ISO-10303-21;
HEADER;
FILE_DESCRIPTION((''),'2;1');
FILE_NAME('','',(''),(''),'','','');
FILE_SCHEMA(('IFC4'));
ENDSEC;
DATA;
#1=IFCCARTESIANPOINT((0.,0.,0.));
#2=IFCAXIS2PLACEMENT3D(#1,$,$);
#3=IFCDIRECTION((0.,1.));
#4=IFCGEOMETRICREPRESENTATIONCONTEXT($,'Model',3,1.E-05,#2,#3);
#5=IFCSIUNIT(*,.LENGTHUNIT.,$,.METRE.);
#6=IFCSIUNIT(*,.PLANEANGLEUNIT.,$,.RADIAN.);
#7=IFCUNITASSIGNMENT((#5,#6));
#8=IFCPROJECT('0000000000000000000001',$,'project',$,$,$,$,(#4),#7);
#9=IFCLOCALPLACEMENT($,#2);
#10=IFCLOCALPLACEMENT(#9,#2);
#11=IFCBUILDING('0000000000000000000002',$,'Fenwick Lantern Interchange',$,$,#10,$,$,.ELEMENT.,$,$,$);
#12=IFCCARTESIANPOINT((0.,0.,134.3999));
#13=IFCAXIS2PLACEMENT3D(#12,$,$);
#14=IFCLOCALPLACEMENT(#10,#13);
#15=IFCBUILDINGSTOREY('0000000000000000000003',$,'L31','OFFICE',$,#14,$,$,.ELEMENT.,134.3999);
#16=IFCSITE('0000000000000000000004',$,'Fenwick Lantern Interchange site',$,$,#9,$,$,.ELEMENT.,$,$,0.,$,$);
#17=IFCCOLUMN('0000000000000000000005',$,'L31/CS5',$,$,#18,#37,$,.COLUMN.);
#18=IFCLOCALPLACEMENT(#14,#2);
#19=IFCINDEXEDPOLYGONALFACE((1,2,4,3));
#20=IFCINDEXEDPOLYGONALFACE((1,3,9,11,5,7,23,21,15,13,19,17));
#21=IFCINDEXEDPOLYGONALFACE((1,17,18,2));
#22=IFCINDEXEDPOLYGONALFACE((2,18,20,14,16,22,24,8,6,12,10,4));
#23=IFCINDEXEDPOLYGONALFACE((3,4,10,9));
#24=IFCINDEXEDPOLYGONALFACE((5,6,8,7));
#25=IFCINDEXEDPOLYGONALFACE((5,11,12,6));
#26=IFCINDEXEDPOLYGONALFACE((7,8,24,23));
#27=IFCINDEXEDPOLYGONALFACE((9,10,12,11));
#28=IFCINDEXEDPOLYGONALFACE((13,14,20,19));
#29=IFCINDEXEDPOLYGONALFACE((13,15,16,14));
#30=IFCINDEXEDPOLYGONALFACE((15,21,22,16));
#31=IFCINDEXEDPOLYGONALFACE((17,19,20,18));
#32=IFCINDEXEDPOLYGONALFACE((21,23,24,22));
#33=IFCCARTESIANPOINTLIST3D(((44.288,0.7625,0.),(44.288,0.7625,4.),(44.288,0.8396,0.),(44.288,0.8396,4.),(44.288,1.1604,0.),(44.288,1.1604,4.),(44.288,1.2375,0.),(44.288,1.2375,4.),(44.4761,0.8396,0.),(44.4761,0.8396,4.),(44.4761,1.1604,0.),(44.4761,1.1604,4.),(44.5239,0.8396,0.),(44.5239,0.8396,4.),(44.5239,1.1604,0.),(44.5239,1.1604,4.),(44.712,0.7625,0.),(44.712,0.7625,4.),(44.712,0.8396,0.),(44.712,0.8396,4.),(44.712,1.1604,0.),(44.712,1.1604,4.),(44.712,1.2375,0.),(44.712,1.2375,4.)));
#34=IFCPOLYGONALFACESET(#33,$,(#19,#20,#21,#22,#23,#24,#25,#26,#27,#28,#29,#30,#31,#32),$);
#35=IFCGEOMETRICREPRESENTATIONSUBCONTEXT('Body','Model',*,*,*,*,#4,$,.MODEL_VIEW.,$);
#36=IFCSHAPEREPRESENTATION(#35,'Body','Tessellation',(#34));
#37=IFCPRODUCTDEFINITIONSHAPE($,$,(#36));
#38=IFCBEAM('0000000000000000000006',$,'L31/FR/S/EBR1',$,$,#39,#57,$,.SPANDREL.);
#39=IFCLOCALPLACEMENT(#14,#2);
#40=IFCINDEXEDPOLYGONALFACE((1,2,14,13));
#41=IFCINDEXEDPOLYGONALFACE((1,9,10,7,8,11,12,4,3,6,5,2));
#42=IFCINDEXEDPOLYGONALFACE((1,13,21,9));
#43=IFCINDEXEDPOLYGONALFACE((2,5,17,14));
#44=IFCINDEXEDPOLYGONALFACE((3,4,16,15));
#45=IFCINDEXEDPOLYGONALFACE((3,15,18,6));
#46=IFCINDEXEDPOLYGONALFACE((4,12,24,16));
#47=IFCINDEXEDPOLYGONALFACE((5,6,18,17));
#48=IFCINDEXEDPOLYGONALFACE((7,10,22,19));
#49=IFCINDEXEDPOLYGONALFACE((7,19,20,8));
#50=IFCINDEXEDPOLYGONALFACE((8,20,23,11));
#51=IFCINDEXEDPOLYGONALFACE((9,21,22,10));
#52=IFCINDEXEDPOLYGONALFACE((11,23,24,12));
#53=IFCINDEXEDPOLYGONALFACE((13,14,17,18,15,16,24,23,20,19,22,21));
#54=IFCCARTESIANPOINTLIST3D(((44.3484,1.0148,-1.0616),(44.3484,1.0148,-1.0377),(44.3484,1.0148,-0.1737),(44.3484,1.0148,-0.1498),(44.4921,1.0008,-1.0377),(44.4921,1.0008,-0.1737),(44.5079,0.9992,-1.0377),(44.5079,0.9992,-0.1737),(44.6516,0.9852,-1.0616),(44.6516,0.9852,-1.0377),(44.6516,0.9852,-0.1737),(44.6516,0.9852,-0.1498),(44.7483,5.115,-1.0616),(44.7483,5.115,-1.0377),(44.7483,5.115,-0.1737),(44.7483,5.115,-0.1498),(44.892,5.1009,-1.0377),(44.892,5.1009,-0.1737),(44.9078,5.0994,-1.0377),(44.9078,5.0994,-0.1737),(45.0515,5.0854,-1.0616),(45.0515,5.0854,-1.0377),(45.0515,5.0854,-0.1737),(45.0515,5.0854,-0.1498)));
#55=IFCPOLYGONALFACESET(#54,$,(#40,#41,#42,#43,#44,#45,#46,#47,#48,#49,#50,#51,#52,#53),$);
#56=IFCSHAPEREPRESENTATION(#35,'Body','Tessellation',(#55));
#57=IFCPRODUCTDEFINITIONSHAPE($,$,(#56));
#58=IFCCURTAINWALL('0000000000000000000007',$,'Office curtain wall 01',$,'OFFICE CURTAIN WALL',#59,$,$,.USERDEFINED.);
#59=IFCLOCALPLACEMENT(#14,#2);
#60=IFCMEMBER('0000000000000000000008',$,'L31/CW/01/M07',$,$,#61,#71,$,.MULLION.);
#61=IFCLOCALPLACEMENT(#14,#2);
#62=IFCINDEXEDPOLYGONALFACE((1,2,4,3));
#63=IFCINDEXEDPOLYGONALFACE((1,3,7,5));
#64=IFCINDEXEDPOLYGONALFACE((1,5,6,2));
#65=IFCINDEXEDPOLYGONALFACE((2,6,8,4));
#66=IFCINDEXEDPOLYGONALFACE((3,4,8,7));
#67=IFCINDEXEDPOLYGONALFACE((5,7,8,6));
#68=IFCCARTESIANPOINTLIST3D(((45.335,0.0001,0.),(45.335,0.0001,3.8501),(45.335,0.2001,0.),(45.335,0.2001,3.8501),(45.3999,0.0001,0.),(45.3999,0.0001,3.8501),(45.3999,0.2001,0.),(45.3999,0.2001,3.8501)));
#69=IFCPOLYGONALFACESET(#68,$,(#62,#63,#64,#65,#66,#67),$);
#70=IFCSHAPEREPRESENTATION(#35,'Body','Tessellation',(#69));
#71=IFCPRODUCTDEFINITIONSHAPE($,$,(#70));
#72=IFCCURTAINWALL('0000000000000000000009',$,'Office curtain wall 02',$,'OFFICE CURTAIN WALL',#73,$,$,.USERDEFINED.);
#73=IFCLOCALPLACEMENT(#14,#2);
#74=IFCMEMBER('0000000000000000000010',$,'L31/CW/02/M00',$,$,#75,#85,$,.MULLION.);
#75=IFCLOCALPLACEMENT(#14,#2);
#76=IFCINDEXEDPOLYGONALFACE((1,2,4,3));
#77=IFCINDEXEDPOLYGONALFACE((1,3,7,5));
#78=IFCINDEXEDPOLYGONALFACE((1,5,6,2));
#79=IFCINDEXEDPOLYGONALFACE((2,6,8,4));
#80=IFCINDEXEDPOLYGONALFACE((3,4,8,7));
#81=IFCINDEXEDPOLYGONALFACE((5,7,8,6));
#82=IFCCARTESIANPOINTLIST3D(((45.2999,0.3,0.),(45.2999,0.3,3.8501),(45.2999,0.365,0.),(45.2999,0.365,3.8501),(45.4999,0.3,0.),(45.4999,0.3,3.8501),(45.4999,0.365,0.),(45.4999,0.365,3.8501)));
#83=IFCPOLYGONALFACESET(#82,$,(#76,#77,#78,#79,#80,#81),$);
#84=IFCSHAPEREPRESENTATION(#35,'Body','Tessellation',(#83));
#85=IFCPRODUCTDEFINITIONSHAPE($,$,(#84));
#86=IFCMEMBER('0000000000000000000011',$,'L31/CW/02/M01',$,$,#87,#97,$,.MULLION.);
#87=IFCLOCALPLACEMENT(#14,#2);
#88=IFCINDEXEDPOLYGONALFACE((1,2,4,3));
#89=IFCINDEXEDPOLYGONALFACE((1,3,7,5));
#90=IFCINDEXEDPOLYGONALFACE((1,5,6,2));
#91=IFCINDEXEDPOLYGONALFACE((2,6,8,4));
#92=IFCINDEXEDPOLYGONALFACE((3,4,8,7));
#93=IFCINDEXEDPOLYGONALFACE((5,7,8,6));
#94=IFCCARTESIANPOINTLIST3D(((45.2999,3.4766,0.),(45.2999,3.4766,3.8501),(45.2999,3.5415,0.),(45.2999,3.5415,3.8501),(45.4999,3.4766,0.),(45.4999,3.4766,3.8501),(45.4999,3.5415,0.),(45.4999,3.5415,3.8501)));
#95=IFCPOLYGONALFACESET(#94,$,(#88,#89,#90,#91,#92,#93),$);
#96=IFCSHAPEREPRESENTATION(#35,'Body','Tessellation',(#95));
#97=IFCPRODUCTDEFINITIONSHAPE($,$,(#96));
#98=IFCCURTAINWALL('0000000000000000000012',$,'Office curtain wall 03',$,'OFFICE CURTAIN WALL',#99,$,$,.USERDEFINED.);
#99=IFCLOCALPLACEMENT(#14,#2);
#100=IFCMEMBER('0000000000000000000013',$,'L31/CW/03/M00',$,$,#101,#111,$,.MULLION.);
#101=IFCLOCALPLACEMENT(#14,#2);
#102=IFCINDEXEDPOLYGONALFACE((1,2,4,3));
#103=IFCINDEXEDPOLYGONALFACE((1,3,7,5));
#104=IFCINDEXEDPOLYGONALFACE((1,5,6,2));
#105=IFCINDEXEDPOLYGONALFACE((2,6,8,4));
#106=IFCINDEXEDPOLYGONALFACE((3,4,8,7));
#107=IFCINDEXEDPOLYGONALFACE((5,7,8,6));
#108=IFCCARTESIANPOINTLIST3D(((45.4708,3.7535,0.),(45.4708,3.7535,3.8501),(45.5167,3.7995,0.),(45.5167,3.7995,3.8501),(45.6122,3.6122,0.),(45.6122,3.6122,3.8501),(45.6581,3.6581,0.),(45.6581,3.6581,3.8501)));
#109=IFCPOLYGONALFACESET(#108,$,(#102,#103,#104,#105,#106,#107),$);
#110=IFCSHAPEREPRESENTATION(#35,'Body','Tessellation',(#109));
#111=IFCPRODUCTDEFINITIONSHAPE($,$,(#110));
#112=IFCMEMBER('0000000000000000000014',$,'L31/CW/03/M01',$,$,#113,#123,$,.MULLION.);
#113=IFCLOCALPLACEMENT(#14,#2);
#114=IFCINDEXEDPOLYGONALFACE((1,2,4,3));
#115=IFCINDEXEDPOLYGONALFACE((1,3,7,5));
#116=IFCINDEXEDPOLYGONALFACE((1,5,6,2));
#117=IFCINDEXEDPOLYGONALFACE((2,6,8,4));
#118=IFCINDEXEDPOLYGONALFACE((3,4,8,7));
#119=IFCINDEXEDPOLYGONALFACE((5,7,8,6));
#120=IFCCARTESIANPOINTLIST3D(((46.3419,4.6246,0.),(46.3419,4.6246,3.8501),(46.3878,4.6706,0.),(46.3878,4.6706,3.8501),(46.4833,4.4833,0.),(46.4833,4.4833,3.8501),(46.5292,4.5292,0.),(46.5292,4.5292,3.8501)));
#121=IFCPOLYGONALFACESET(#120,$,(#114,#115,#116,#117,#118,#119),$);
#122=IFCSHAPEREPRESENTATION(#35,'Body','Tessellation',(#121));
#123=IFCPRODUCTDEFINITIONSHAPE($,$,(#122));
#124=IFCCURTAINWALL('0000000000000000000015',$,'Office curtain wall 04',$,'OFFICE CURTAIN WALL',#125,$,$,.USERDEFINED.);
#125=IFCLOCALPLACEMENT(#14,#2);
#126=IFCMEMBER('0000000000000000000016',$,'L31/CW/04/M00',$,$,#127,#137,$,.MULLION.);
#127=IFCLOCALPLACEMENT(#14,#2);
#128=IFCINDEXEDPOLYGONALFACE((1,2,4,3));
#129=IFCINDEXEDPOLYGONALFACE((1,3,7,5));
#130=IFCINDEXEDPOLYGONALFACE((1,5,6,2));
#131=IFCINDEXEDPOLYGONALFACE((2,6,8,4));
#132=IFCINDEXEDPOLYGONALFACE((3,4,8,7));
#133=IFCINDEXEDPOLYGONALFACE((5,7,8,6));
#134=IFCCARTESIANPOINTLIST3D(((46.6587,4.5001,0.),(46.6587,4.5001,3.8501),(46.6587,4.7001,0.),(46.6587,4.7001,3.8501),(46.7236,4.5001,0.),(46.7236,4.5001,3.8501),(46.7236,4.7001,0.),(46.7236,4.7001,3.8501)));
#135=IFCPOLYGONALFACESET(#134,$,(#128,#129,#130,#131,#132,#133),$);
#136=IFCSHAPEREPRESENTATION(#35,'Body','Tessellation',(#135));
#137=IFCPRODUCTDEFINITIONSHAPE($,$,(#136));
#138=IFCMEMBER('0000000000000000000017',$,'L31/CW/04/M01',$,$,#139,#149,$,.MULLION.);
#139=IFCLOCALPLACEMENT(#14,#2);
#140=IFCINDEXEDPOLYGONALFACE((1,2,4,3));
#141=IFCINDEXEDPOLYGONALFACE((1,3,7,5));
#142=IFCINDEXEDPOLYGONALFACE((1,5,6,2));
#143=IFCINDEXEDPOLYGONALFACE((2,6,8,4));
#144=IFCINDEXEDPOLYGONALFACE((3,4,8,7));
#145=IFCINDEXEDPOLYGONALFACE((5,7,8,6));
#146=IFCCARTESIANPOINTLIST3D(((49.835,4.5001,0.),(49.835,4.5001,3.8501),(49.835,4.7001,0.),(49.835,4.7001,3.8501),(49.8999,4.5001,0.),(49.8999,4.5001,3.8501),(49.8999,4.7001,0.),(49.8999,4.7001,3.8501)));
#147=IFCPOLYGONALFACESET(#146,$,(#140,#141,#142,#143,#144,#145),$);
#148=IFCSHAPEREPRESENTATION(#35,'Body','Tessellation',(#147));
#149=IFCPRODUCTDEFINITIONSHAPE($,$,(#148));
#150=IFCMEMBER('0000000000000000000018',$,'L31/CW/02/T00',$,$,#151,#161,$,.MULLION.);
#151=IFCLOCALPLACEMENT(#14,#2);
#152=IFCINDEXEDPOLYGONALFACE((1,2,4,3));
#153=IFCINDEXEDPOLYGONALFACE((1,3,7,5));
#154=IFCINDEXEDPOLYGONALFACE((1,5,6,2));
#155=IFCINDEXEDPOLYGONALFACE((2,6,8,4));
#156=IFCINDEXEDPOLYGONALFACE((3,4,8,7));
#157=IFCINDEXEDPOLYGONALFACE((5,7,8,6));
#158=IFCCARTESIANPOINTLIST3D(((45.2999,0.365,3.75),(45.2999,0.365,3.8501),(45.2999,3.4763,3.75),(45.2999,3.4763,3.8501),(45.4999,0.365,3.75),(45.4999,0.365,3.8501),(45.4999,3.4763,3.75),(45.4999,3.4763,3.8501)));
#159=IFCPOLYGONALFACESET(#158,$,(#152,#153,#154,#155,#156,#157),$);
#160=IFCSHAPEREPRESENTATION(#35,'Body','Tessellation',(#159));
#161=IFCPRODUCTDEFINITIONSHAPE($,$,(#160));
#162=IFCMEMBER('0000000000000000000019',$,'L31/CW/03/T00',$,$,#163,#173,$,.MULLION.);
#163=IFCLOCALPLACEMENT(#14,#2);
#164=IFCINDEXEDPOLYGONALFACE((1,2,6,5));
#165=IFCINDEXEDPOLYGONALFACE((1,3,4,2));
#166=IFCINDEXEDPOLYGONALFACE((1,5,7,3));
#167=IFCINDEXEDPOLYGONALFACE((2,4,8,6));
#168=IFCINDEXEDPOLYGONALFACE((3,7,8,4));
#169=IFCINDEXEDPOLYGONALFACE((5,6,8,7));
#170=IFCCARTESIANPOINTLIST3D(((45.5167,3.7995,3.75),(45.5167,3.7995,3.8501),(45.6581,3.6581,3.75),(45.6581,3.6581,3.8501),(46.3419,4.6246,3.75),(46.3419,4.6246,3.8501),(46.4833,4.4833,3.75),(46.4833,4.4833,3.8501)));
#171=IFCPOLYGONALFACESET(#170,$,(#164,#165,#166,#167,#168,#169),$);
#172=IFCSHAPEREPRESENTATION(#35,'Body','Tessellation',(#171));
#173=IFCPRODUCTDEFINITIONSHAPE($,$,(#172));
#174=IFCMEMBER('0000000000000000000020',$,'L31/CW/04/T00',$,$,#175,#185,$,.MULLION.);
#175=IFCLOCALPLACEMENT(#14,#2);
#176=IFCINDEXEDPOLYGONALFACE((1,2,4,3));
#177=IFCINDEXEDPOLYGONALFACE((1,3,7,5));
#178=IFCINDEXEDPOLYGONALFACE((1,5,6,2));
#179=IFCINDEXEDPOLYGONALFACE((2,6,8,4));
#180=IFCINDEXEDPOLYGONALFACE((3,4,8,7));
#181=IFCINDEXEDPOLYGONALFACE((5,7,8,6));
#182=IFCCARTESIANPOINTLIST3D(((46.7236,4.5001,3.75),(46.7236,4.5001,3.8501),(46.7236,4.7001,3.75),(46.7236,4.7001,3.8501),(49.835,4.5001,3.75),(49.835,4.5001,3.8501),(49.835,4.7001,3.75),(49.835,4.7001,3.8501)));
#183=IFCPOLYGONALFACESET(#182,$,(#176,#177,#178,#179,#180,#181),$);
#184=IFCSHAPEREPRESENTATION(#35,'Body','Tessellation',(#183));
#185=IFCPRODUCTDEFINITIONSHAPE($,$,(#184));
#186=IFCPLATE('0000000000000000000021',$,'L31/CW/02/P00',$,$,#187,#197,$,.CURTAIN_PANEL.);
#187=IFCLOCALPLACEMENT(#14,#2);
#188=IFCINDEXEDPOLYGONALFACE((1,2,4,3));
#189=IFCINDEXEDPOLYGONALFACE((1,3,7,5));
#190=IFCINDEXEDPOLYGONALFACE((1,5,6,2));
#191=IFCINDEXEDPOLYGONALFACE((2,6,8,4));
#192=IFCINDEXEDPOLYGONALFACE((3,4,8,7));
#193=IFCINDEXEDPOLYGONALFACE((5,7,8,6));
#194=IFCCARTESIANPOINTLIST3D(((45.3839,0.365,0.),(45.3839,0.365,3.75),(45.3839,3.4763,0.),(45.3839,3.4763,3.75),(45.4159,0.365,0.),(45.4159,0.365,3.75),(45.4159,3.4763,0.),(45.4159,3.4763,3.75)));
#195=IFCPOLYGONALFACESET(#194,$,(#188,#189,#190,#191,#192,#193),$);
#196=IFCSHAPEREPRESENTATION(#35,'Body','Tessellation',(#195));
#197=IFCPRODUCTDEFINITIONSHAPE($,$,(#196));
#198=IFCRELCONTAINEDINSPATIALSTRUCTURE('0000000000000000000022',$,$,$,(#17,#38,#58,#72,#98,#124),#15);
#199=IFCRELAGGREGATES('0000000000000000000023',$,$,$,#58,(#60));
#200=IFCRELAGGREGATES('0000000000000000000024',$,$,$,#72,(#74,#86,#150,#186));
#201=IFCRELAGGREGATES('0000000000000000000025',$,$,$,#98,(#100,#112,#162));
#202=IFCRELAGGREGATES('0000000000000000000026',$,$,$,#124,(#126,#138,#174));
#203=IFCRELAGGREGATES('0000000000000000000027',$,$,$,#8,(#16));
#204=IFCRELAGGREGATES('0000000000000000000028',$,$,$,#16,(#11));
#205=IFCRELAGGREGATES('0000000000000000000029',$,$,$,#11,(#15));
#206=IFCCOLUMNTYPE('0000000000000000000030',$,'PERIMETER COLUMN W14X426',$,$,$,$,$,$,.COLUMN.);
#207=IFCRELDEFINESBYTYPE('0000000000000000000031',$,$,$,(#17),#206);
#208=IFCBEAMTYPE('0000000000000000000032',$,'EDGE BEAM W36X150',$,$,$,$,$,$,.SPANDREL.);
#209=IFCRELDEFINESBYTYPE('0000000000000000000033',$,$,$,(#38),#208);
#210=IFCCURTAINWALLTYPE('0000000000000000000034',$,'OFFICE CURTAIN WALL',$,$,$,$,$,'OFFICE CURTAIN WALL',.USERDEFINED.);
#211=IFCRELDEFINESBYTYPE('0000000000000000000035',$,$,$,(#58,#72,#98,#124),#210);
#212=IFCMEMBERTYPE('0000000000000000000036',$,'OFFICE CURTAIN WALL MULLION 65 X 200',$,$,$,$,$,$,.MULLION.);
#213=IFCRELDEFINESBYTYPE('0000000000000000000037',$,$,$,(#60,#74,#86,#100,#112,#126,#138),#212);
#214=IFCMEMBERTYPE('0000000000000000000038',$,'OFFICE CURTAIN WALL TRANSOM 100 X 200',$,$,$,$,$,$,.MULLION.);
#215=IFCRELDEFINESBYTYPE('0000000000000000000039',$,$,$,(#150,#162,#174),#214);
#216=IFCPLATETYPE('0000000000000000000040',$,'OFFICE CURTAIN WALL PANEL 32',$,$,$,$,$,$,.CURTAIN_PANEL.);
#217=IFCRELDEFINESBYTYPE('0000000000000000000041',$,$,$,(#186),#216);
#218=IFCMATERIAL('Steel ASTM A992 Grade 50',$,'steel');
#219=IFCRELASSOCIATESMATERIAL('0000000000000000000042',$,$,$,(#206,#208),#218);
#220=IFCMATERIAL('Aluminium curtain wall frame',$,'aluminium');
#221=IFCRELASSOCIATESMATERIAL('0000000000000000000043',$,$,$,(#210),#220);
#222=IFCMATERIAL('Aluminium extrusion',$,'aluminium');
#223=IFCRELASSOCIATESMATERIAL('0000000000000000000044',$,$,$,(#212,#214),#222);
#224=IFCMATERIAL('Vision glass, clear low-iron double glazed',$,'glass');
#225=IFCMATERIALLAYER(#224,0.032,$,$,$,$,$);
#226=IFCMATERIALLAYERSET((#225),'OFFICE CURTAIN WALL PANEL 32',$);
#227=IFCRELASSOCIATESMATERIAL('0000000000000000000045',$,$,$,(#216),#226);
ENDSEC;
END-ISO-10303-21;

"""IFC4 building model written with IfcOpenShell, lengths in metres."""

from ifc_helpers import new_model, si_unit, direction, frame, origin, origin_2d, place, context, subcontext, project, spatial, rectangle, i_section, extrude, material, layer, layer_set, material_profile, profile_set, type_object, element, aggregate, save


model = new_model("IFC4")

# Units and contexts
model_context = context("Model", 3, precision=1e-05, world=origin(), true_north=direction((0.0, 1.0)))
body_context = subcontext(model_context, "Body", "Model", "MODEL_VIEW")
ifc_project = project(units=[si_unit("LENGTHUNIT", "METRE"), si_unit("PLANEANGLEUNIT", "RADIAN")], contexts=[model_context])

# Site, building, storey
site_placement = place(None, origin())
site = spatial("IfcSite", under=ifc_project, at=site_placement, Name="Fenwick Lantern Interchange site", CompositionType="ELEMENT", RefElevation=0.0)
building_placement = place(site_placement, origin())
building = spatial("IfcBuilding", under=site, at=building_placement, Name="Fenwick Lantern Interchange", CompositionType="ELEMENT")
storey_placement = place(building_placement, frame((0.0, 0.0, 134.3999)))
storey = spatial("IfcBuildingStorey", under=building, at=storey_placement, Name="L31", Description="OFFICE", CompositionType="ELEMENT", Elevation=134.3999)

# Column
ifc_material_1 = material(Name="Steel ASTM A992 Grade 50", Category="steel")
ifc_material_profile_1 = material_profile(ifc_material_1, i_section(OverallWidth=0.4241, OverallDepth=0.4751, WebThickness=0.0479, FlangeThickness=0.0771, at=origin_2d()), Name="W14X426")
ifc_profile_set_1 = profile_set([ifc_material_profile_1], Name="Steel ASTM A992 Grade 50")
column_type = type_object("IfcColumnType", Name="PERIMETER COLUMN W14X426", PredefinedType="COLUMN", material=ifc_profile_set_1)
column_placement = place(storey_placement, frame((44.5, 1.0, 0.0), z_axis=(0.0, 0.0, 1.0), x_axis=(1.0, 0.0, 0.0)))
element("IfcColumn", 1, at=column_placement, inside=storey, type_object=column_type, Name="L31/CS5", PredefinedType="COLUMN", context=body_context, shape_type="SweptSolid", body=[
    extrude(i_section(OverallWidth=0.4241, OverallDepth=0.4751, WebThickness=0.0479, FlangeThickness=0.0771, at=origin_2d()), origin(), (0.0, 0.0, 1.0), 4.0),
])

# Beam
ifc_material_profile_2 = material_profile(ifc_material_1, i_section(OverallWidth=0.3047, OverallDepth=0.9119, WebThickness=0.0159, FlangeThickness=0.0239, at=origin_2d()), Name="W36X150")
ifc_profile_set_2 = profile_set([ifc_material_profile_2], Name="Steel ASTM A992 Grade 50")
beam_type = type_object("IfcBeamType", Name="EDGE BEAM W36X150", PredefinedType="SPANDREL", material=ifc_profile_set_2)
beam_placement = place(storey_placement, frame((44.5, 1.0, -0.6057), z_axis=(0.097074, 0.995277, 0.0), x_axis=(-0.995277, 0.097074, 0.0)))
element("IfcBeam", 2, at=beam_placement, inside=storey, type_object=beam_type, Name="L31/FR/S/EBR1", PredefinedType="SPANDREL", context=body_context, shape_type="SweptSolid", body=[
    extrude(i_section(OverallWidth=0.3047, OverallDepth=0.9119, WebThickness=0.0159, FlangeThickness=0.0239, at=origin_2d()), origin(), (0.0, 0.0, 1.0), 4.1196),
])

# Curtain wall, member
ifc_material_2 = material(Name="Aluminium curtain wall frame", Category="aluminium")
curtain_wall_type = type_object("IfcCurtainWallType", Name="OFFICE CURTAIN WALL", ElementType="OFFICE CURTAIN WALL", PredefinedType="USERDEFINED", material=ifc_material_2)
curtain_wall_1_placement = place(storey_placement, origin())
curtain_wall_1 = element("IfcCurtainWall", 3, at=curtain_wall_1_placement, inside=storey, type_object=curtain_wall_type, Name="Office curtain wall 01", ObjectType="OFFICE CURTAIN WALL", PredefinedType="USERDEFINED")
ifc_material_3 = material(Name="Aluminium extrusion", Category="aluminium")
ifc_material_profile_3 = material_profile(ifc_material_3, rectangle(XDim=0.2, YDim=0.0649, at=origin_2d()), Name="OFFICE CURTAIN WALL MULLION 65 X 200")
ifc_profile_set_3 = profile_set([ifc_material_profile_3], Name="Aluminium extrusion")
member_type_1 = type_object("IfcMemberType", Name="OFFICE CURTAIN WALL MULLION 65 X 200", PredefinedType="MULLION", material=ifc_profile_set_3)
member_1_placement = place(storey_placement, frame((45.3674, 0.1001, 0.0), z_axis=(0.0, 0.0, 1.0), x_axis=(0.0, 1.0, 0.0)))
member_1 = element("IfcMember", 4, at=member_1_placement, type_object=member_type_1, Name="L31/CW/01/M07", PredefinedType="MULLION", context=body_context, shape_type="SweptSolid", body=[
    extrude(rectangle(XDim=0.2, YDim=0.0649, at=origin_2d()), origin(), (0.0, 0.0, 1.0), 3.8501),
])
aggregate(curtain_wall_1, [member_1])

# Curtain walls, members
curtain_wall_2_placement = place(storey_placement, origin())
curtain_wall_2 = element("IfcCurtainWall", 5, at=curtain_wall_2_placement, inside=storey, type_object=curtain_wall_type, Name="Office curtain wall 02", ObjectType="OFFICE CURTAIN WALL", PredefinedType="USERDEFINED")
member_2_placement = place(storey_placement, frame((45.3999, 0.3325, 0.0), z_axis=(0.0, 0.0, 1.0), x_axis=(-1.0, 0.0, 0.0)))
member_2 = element("IfcMember", 6, at=member_2_placement, type_object=member_type_1, Name="L31/CW/02/M00", PredefinedType="MULLION", context=body_context, shape_type="SweptSolid", body=[
    extrude(rectangle(XDim=0.2, YDim=0.0649, at=origin_2d()), origin(), (0.0, 0.0, 1.0), 3.8501),
])
member_3_placement = place(storey_placement, frame((45.3999, 3.509, 0.0), z_axis=(0.0, 0.0, 1.0), x_axis=(-1.0, 0.0, 0.0)))
member_3 = element("IfcMember", 7, at=member_3_placement, type_object=member_type_1, Name="L31/CW/02/M01", PredefinedType="MULLION", context=body_context, shape_type="SweptSolid", body=[
    extrude(rectangle(XDim=0.2, YDim=0.0649, at=origin_2d()), origin(), (0.0, 0.0, 1.0), 3.8501),
])
curtain_wall_3_placement = place(storey_placement, origin())
curtain_wall_3 = element("IfcCurtainWall", 8, at=curtain_wall_3_placement, inside=storey, type_object=curtain_wall_type, Name="Office curtain wall 03", ObjectType="OFFICE CURTAIN WALL", PredefinedType="USERDEFINED")
member_4_placement = place(storey_placement, frame((45.5645, 3.7058, 0.0), z_axis=(0.0, 0.0, 1.0), x_axis=(-0.707107, 0.707107, 0.0)))
member_4 = element("IfcMember", 9, at=member_4_placement, type_object=member_type_1, Name="L31/CW/03/M00", PredefinedType="MULLION", context=body_context, shape_type="SweptSolid", body=[
    extrude(rectangle(XDim=0.2, YDim=0.0649, at=origin_2d()), origin(), (0.0, 0.0, 1.0), 3.8501),
])
member_5_placement = place(storey_placement, frame((46.4355, 4.5769, 0.0), z_axis=(0.0, 0.0, 1.0), x_axis=(-0.707107, 0.707107, 0.0)))
member_5 = element("IfcMember", 10, at=member_5_placement, type_object=member_type_1, Name="L31/CW/03/M01", PredefinedType="MULLION", context=body_context, shape_type="SweptSolid", body=[
    extrude(rectangle(XDim=0.2, YDim=0.0649, at=origin_2d()), origin(), (0.0, 0.0, 1.0), 3.8501),
])
curtain_wall_4_placement = place(storey_placement, origin())
curtain_wall_4 = element("IfcCurtainWall", 11, at=curtain_wall_4_placement, inside=storey, type_object=curtain_wall_type, Name="Office curtain wall 04", ObjectType="OFFICE CURTAIN WALL", PredefinedType="USERDEFINED")
member_6_placement = place(storey_placement, frame((46.6912, 4.6001, 0.0), z_axis=(0.0, 0.0, 1.0), x_axis=(0.0, 1.0, 0.0)))
member_6 = element("IfcMember", 12, at=member_6_placement, type_object=member_type_1, Name="L31/CW/04/M00", PredefinedType="MULLION", context=body_context, shape_type="SweptSolid", body=[
    extrude(rectangle(XDim=0.2, YDim=0.0649, at=origin_2d()), origin(), (0.0, 0.0, 1.0), 3.8501),
])
member_7_placement = place(storey_placement, frame((49.8674, 4.6001, 0.0), z_axis=(0.0, 0.0, 1.0), x_axis=(0.0, 1.0, 0.0)))
member_7 = element("IfcMember", 13, at=member_7_placement, type_object=member_type_1, Name="L31/CW/04/M01", PredefinedType="MULLION", context=body_context, shape_type="SweptSolid", body=[
    extrude(rectangle(XDim=0.2, YDim=0.0649, at=origin_2d()), origin(), (0.0, 0.0, 1.0), 3.8501),
])

# Members
ifc_material_profile_4 = material_profile(ifc_material_3, rectangle(XDim=0.2, YDim=0.1001, at=origin_2d()), Name="OFFICE CURTAIN WALL TRANSOM 100 X 200")
ifc_profile_set_4 = profile_set([ifc_material_profile_4], Name="Aluminium extrusion")
member_type_2 = type_object("IfcMemberType", Name="OFFICE CURTAIN WALL TRANSOM 100 X 200", PredefinedType="MULLION", material=ifc_profile_set_4)
member_8_placement = place(storey_placement, frame((45.3999, 0.365, 3.8), z_axis=(0.0, 1.0, 0.0), x_axis=(-1.0, 0.0, 0.0)))
member_8 = element("IfcMember", 14, at=member_8_placement, type_object=member_type_2, Name="L31/CW/02/T00", PredefinedType="MULLION", context=body_context, shape_type="SweptSolid", body=[
    extrude(rectangle(XDim=0.2, YDim=0.1001, at=origin_2d()), origin(), (0.0, 0.0, 1.0), 3.1113),
])
member_9_placement = place(storey_placement, frame((45.5874, 3.7288, 3.8), z_axis=(0.707107, 0.707107, 0.0), x_axis=(-0.707107, 0.707107, 0.0)))
member_9 = element("IfcMember", 15, at=member_9_placement, type_object=member_type_2, Name="L31/CW/03/T00", PredefinedType="MULLION", context=body_context, shape_type="SweptSolid", body=[
    extrude(rectangle(XDim=0.2, YDim=0.1001, at=origin_2d()), origin(), (0.0, 0.0, 1.0), 1.167),
])
member_10_placement = place(storey_placement, frame((46.7236, 4.6001, 3.8), z_axis=(1.0, 0.0, 0.0), x_axis=(0.0, 1.0, 0.0)))
member_10 = element("IfcMember", 16, at=member_10_placement, type_object=member_type_2, Name="L31/CW/04/T00", PredefinedType="MULLION", context=body_context, shape_type="SweptSolid", body=[
    extrude(rectangle(XDim=0.2, YDim=0.1001, at=origin_2d()), origin(), (0.0, 0.0, 1.0), 3.1113),
])

# Plate
ifc_material_4 = material(Name="Vision glass, clear low-iron double glazed", Category="glass")
ifc_layer_1 = layer(ifc_material_4, 0.032)
ifc_layer_set_1 = layer_set([ifc_layer_1], Name="OFFICE CURTAIN WALL PANEL 32")
plate_type = type_object("IfcPlateType", Name="OFFICE CURTAIN WALL PANEL 32", PredefinedType="CURTAIN_PANEL", material=ifc_layer_set_1)
plate_1_placement = place(storey_placement, frame((45.3999, 1.9207, 0.0), z_axis=(0.0, 0.0, 1.0), x_axis=(0.0, 1.0, 0.0)))
plate_1 = element("IfcPlate", 17, at=plate_1_placement, type_object=plate_type, Name="L31/CW/02/P00", PredefinedType="CURTAIN_PANEL", context=body_context, shape_type="SweptSolid", body=[
    extrude(rectangle(XDim=3.1113, YDim=0.032, at=origin_2d()), origin(), (0.0, 0.0, 1.0), 3.75),
])
aggregate(curtain_wall_2, [member_2, member_3, member_8, plate_1])
aggregate(curtain_wall_3, [member_4, member_5, member_9])
aggregate(curtain_wall_4, [member_6, member_7, member_10])

save(model, "model.ifc")
